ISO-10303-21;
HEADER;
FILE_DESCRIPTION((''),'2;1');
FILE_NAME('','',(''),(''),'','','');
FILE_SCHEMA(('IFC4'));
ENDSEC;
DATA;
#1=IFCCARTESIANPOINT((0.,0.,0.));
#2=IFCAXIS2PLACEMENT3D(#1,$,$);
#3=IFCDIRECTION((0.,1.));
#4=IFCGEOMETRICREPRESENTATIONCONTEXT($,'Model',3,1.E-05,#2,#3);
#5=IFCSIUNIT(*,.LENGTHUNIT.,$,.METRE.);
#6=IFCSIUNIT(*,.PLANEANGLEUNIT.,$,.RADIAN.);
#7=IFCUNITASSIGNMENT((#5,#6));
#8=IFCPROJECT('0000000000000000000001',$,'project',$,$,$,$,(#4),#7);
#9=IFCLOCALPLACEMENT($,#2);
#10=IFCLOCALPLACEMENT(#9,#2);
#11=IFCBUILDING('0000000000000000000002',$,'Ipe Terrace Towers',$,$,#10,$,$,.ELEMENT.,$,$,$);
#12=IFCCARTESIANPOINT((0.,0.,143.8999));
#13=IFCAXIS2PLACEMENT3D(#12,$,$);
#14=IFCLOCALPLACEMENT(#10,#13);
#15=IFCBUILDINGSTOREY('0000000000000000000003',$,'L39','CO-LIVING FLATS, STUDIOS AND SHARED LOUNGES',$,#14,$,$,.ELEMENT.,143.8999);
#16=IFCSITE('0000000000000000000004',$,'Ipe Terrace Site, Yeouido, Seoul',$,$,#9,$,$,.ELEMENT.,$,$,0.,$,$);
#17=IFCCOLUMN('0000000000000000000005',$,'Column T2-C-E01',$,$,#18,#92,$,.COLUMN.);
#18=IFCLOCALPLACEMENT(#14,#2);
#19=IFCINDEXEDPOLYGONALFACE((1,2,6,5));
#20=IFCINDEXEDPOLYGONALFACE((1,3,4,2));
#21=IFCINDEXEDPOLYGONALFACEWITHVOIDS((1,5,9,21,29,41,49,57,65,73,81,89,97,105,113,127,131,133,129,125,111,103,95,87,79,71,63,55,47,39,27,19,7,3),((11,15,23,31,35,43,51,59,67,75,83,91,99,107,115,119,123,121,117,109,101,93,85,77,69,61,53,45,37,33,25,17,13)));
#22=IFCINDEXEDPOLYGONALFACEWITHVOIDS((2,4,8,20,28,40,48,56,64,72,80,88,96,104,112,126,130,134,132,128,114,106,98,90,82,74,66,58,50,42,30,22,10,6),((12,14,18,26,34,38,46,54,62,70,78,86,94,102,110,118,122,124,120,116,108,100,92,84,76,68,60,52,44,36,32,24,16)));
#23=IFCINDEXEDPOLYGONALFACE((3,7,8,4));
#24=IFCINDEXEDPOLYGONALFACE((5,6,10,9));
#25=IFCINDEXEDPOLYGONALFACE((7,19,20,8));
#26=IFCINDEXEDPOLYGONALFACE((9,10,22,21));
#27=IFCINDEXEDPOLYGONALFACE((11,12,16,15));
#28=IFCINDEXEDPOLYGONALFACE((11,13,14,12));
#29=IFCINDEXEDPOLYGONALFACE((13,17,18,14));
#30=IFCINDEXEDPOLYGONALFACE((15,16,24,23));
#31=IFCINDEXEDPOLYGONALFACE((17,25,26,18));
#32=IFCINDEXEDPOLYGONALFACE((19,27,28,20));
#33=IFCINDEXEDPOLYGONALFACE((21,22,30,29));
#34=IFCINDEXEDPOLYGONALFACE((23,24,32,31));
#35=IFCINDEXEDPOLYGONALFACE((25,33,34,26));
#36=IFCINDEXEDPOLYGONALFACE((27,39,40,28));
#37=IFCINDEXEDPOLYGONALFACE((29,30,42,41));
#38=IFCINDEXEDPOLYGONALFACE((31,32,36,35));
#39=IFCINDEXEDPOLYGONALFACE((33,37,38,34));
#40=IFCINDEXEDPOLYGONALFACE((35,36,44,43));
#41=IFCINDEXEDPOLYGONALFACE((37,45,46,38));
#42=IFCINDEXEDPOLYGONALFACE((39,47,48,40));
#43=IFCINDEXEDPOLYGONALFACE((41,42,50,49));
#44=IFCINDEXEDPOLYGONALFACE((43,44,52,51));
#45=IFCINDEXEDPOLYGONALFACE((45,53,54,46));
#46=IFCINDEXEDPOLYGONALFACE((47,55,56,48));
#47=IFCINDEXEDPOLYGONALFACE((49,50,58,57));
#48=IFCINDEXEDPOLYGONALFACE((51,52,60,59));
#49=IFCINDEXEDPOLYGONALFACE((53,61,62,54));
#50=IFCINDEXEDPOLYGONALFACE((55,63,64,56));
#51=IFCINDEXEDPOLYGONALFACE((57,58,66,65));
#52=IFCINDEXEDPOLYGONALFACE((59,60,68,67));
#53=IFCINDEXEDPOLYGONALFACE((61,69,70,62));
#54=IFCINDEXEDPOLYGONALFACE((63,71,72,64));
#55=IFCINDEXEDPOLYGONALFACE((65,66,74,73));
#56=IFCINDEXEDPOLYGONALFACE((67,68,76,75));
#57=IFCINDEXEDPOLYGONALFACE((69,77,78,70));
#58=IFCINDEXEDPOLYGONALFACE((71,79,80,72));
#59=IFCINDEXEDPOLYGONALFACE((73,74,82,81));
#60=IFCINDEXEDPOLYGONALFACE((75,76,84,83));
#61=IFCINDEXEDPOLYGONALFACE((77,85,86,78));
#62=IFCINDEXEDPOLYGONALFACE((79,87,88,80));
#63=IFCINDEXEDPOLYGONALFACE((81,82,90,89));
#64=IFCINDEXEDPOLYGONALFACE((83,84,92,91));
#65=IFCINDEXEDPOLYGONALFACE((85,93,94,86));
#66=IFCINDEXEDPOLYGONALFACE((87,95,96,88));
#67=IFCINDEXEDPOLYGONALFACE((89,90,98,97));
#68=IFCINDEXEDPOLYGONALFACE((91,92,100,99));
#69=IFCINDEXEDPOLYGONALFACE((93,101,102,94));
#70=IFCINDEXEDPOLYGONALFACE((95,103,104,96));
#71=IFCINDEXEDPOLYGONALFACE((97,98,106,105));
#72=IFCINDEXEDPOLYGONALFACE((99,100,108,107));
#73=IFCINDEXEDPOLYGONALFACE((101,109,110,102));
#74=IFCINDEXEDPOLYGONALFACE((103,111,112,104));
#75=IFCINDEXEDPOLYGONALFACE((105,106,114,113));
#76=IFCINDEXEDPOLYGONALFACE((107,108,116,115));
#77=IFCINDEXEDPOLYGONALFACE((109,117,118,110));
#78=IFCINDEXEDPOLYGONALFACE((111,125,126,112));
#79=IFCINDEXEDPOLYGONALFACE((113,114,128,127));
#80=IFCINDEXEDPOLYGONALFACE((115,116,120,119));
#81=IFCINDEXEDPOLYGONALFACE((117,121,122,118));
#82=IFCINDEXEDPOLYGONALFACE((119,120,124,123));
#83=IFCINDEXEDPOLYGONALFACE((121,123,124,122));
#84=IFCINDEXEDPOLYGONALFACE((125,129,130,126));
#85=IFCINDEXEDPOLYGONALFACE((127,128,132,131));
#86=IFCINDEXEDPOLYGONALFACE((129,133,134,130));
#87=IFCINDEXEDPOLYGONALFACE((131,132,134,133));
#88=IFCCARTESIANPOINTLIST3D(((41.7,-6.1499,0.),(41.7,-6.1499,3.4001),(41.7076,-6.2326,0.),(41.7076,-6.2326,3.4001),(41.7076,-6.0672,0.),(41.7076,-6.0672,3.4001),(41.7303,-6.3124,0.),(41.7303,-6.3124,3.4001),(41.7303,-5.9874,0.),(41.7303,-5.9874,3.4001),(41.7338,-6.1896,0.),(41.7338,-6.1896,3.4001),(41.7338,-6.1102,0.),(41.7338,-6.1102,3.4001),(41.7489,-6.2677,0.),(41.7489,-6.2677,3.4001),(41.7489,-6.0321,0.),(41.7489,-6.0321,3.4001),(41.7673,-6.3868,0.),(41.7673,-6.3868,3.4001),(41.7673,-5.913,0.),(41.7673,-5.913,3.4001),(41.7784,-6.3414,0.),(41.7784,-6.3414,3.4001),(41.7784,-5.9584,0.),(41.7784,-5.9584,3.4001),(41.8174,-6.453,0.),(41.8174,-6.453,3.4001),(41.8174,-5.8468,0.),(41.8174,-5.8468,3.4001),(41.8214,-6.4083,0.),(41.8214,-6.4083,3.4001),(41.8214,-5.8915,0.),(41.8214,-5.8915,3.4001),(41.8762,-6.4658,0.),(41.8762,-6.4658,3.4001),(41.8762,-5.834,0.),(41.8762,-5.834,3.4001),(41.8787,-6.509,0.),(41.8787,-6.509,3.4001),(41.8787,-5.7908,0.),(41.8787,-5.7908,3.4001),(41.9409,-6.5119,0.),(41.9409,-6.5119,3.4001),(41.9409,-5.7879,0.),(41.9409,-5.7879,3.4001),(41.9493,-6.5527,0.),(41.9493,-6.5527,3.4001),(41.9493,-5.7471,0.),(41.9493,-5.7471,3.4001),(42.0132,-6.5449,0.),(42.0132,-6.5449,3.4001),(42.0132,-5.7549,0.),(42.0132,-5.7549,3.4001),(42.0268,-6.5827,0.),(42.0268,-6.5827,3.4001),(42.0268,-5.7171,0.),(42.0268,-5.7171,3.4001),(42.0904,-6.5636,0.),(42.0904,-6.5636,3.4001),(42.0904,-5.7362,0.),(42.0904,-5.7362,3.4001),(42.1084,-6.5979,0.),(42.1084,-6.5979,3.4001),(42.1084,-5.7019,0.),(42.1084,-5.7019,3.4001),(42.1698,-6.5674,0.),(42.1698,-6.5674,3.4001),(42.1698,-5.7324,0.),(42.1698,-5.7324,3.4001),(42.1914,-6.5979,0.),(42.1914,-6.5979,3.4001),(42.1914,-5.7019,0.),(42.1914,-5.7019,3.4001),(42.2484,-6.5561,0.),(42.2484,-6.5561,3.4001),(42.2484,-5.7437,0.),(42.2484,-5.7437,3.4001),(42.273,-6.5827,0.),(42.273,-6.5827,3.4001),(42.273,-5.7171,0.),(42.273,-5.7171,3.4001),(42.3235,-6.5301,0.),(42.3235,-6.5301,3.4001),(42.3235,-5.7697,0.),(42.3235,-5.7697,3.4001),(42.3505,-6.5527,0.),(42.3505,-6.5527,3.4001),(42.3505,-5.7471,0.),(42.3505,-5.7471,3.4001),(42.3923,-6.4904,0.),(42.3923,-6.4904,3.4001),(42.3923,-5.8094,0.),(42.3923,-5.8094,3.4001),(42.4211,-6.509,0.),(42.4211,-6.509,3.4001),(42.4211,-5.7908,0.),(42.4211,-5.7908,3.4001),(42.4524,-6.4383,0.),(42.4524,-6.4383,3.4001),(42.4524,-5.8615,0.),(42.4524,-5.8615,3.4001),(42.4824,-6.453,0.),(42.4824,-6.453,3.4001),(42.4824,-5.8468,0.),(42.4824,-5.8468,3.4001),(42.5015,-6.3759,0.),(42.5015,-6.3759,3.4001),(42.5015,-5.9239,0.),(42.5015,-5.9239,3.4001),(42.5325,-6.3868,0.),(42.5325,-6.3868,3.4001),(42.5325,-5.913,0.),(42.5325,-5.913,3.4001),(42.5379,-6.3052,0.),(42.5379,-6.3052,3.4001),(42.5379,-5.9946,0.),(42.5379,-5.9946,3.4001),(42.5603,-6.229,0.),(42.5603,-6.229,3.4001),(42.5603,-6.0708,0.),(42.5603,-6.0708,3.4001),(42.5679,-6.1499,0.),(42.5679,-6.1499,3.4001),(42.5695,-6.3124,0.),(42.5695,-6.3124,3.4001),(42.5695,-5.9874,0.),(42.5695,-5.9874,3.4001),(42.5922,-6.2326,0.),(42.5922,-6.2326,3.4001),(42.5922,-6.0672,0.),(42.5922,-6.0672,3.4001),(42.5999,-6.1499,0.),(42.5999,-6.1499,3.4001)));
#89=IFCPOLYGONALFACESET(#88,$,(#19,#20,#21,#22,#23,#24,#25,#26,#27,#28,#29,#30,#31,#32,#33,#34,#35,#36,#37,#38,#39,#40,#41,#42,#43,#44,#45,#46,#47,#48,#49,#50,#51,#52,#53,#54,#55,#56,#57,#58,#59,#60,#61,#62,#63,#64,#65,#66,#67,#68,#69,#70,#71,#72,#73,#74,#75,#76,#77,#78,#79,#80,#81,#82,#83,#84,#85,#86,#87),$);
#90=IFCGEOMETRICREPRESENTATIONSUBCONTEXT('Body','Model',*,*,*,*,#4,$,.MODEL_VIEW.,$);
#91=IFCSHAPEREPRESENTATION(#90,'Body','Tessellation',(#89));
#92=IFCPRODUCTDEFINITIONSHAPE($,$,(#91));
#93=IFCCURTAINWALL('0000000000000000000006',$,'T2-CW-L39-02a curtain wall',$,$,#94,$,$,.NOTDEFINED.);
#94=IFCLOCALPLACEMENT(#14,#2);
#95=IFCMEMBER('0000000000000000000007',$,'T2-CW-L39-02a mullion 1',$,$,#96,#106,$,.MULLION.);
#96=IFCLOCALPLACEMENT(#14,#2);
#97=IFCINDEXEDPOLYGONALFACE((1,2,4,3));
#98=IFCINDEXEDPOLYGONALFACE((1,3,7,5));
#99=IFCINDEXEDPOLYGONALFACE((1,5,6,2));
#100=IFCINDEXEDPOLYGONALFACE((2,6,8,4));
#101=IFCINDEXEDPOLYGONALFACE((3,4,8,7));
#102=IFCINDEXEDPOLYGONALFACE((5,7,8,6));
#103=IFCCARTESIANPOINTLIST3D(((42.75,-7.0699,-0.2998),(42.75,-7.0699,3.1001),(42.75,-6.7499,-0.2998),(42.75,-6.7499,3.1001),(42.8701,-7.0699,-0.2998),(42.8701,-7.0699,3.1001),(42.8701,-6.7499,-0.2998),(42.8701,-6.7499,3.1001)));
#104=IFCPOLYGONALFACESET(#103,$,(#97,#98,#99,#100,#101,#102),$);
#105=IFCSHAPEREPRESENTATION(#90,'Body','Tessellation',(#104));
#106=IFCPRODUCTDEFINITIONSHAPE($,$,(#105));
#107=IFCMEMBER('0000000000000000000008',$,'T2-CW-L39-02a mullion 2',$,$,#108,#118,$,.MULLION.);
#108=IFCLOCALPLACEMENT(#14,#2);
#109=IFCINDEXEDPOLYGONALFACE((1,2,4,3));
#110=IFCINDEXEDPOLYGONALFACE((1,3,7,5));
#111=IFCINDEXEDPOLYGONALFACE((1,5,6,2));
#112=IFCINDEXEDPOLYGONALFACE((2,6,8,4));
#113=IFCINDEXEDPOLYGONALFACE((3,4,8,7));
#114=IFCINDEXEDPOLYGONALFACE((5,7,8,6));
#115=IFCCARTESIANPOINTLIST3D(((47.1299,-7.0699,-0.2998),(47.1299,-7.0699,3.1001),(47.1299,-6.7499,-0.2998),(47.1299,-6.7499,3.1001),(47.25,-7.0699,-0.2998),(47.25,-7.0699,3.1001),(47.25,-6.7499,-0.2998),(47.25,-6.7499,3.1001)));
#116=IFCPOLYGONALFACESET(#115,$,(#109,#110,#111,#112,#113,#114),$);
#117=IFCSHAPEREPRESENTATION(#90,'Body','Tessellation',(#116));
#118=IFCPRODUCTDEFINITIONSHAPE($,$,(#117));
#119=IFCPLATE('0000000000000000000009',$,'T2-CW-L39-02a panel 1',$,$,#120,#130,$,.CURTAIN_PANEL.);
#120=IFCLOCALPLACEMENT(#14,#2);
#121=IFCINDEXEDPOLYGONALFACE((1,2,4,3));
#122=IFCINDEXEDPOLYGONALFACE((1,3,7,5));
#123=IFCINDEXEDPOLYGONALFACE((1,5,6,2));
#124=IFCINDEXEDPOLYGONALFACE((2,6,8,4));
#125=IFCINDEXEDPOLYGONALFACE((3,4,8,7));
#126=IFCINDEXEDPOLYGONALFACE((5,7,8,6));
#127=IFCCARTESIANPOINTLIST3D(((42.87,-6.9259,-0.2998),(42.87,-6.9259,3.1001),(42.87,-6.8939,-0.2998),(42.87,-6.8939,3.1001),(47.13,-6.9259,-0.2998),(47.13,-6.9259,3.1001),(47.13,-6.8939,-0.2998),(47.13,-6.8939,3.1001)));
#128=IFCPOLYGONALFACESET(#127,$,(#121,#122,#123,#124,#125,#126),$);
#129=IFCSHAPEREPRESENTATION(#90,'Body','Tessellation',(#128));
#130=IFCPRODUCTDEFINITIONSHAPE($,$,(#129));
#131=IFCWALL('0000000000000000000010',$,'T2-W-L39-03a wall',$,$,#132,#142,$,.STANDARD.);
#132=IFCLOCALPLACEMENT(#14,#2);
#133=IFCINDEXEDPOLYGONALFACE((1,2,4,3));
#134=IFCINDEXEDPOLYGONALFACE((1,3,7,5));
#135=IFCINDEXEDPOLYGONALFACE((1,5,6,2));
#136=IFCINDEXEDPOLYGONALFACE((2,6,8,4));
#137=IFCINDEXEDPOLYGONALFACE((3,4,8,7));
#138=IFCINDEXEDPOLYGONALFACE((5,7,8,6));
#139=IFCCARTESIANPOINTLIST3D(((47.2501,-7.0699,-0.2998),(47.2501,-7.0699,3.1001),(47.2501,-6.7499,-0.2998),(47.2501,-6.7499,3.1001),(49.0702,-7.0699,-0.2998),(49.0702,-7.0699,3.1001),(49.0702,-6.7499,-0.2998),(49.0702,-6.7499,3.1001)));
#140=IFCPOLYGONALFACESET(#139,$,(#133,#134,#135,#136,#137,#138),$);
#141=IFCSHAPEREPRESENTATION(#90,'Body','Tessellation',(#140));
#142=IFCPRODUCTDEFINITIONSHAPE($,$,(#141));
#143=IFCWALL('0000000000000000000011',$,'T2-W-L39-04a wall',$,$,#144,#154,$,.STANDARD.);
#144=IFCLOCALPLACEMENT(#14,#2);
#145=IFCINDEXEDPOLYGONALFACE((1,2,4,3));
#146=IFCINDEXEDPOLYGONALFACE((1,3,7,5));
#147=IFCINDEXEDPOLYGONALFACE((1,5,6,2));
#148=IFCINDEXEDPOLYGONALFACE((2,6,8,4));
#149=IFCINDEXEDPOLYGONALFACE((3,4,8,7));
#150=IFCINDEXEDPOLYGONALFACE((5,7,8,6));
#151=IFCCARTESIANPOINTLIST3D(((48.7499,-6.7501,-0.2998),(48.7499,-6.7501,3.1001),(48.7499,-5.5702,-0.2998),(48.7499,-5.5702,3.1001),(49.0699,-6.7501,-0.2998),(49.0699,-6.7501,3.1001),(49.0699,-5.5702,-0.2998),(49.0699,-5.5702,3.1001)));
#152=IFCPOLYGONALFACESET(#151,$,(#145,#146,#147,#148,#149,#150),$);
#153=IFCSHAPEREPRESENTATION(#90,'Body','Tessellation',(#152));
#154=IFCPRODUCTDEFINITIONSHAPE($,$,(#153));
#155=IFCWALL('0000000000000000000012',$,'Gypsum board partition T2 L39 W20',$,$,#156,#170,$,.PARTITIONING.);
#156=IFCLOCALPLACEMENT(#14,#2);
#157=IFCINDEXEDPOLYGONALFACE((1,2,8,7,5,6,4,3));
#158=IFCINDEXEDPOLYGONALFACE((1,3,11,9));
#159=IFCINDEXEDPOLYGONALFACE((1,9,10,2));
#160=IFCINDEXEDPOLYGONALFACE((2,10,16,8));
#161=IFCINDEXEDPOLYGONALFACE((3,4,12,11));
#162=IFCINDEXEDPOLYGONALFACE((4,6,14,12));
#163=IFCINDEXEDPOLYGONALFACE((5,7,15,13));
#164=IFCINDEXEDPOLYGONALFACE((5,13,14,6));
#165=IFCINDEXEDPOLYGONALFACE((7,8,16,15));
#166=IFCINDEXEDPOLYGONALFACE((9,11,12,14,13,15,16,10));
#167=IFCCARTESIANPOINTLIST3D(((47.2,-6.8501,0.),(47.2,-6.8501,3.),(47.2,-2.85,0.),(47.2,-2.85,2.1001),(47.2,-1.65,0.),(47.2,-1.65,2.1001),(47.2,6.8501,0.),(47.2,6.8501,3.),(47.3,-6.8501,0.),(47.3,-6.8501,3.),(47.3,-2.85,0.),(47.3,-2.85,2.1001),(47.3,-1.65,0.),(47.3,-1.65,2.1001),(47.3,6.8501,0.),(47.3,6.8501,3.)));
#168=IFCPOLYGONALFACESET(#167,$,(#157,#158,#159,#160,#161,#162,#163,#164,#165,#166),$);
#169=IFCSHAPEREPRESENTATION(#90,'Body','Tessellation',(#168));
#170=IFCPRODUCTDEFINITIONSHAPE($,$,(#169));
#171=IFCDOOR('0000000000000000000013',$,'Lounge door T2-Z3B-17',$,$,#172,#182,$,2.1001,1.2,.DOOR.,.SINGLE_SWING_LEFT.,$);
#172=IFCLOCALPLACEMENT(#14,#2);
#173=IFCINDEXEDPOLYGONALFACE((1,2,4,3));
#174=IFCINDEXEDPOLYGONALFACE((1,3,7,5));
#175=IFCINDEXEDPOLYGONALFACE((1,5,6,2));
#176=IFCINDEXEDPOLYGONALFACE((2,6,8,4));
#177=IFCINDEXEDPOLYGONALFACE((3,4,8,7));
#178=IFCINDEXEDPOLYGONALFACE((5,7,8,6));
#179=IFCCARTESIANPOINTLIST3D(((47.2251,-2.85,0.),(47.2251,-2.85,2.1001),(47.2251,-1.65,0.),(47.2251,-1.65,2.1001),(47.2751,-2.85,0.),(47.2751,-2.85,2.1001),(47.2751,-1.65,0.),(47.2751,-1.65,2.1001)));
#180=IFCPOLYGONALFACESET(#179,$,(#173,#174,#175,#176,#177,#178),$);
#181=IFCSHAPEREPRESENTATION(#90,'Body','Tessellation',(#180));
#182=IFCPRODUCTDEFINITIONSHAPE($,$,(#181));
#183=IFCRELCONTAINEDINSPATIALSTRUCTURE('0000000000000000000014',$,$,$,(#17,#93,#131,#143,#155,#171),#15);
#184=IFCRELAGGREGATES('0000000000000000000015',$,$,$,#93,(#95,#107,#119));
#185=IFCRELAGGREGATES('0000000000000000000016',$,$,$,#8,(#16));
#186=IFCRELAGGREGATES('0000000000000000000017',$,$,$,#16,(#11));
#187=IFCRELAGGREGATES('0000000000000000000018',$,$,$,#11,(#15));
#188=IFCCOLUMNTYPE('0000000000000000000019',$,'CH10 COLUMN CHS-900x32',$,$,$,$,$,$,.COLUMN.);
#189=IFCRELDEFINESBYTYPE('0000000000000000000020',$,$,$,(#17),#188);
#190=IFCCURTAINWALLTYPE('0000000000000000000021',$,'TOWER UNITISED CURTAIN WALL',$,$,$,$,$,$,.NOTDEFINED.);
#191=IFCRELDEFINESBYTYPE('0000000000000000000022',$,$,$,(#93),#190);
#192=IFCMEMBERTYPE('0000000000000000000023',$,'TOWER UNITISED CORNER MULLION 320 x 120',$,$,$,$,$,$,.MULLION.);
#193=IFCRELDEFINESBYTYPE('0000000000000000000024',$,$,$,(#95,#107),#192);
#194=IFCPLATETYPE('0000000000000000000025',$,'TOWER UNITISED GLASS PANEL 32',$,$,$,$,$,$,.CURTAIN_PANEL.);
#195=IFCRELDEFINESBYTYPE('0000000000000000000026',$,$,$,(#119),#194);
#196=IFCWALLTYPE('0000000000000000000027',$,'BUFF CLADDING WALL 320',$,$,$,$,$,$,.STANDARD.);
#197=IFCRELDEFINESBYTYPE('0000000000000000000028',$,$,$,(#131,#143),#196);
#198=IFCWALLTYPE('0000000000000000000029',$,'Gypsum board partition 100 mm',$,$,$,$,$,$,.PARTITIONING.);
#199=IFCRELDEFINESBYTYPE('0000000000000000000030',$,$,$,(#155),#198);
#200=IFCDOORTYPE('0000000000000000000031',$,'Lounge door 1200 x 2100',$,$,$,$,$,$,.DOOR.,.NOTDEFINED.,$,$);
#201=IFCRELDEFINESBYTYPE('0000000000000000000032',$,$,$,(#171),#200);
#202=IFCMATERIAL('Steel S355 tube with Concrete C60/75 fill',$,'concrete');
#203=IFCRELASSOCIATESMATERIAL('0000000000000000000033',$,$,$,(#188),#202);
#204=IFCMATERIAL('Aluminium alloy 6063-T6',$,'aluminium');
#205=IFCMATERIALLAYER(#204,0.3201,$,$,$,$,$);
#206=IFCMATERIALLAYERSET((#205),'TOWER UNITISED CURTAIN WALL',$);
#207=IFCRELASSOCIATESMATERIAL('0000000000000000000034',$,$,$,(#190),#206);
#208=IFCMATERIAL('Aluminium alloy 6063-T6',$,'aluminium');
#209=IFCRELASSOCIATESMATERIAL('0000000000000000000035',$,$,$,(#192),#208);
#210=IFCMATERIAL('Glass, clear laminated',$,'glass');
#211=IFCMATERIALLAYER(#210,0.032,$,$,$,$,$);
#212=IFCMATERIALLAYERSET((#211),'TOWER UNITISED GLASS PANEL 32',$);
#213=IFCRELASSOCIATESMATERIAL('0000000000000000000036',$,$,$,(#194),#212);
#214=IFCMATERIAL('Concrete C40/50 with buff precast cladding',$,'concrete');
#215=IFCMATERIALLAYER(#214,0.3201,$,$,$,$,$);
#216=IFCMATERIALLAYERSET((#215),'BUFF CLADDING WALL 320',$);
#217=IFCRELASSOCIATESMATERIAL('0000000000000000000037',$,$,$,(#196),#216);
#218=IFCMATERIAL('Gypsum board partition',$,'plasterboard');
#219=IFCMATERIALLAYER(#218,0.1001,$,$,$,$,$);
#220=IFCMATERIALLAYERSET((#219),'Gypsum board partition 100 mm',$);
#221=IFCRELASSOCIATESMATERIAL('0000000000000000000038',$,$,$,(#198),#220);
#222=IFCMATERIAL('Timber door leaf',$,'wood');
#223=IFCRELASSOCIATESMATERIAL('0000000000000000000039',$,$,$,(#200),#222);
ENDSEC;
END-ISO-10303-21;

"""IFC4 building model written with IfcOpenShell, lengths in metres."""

from ifc_helpers import new_model, si_unit, direction, frame, frame_2d, origin, origin_2d, place, context, subcontext, project, spatial, rectangle, hollow_circle, extrude, material, layer, layer_set, material_profile, profile_set, type_object, element, fill, aggregate, save


model = new_model("IFC4")

# Units and contexts
model_context = context("Model", 3, precision=1e-05, world=origin(), true_north=direction((0.0, 1.0)))
body_context = subcontext(model_context, "Body", "Model", "MODEL_VIEW")
ifc_project = project(units=[si_unit("LENGTHUNIT", "METRE"), si_unit("PLANEANGLEUNIT", "RADIAN")], contexts=[model_context])

# Site, building, storey
site_placement = place(None, origin())
site = spatial("IfcSite", under=ifc_project, at=site_placement, Name="Ipe Terrace Site, Yeouido, Seoul", CompositionType="ELEMENT", RefElevation=0.0)
building_placement = place(site_placement, origin())
building = spatial("IfcBuilding", under=site, at=building_placement, Name="Ipe Terrace Towers", CompositionType="ELEMENT")
storey_placement = place(building_placement, frame((0.0, 0.0, 143.8999)))
storey = spatial("IfcBuildingStorey", under=building, at=storey_placement, Name="L39", Description="CO-LIVING FLATS, STUDIOS AND SHARED LOUNGES", CompositionType="ELEMENT", Elevation=143.8999)

# Column
ifc_material_1 = material(Name="Steel S355 tube with Concrete C60/75 fill", Category="concrete")
ifc_material_profile_1 = material_profile(ifc_material_1, hollow_circle(Radius=0.45, WallThickness=0.032, at=origin_2d()), Name="CHS-900x32")
ifc_profile_set_1 = profile_set([ifc_material_profile_1], Name="Steel S355 tube with Concrete C60/75 fill")
column_type = type_object("IfcColumnType", Name="CH10 COLUMN CHS-900x32", PredefinedType="COLUMN", material=ifc_profile_set_1)
column_placement = place(storey_placement, frame((42.1499, -6.1499, 0.0), z_axis=(0.0, 0.0, 1.0), x_axis=(1.0, 0.0, 0.0)))
element("IfcColumn", 1, at=column_placement, inside=storey, type_object=column_type, Name="Column T2-C-E01", PredefinedType="COLUMN", context=body_context, shape_type="SweptSolid", body=[
    extrude(hollow_circle(Radius=0.45, WallThickness=0.032, at=origin_2d()), origin(), (0.0, 0.0, 1.0), 3.4001),
])

# Curtain wall, members, plate
ifc_material_2 = material(Name="Aluminium alloy 6063-T6", Category="aluminium")
ifc_layer_1 = layer(ifc_material_2, 0.3201)
ifc_layer_set_1 = layer_set([ifc_layer_1], Name="TOWER UNITISED CURTAIN WALL")
curtain_wall_type = type_object("IfcCurtainWallType", Name="TOWER UNITISED CURTAIN WALL", PredefinedType="NOTDEFINED", material=ifc_layer_set_1)
curtain_wall_placement = place(storey_placement, origin())
curtain_wall = element("IfcCurtainWall", 2, at=curtain_wall_placement, inside=storey, type_object=curtain_wall_type, Name="T2-CW-L39-02a curtain wall", PredefinedType="NOTDEFINED")
ifc_material_3 = material(Name="Aluminium alloy 6063-T6", Category="aluminium")
ifc_material_profile_2 = material_profile(ifc_material_3, rectangle(XDim=0.3201, YDim=0.1201, at=origin_2d()), Name="TOWER UNITISED CORNER MULLION 320 x 120")
ifc_profile_set_2 = profile_set([ifc_material_profile_2], Name="Aluminium alloy 6063-T6")
member_type = type_object("IfcMemberType", Name="TOWER UNITISED CORNER MULLION 320 x 120", PredefinedType="MULLION", material=ifc_profile_set_2)
member_1_placement = place(storey_placement, frame((42.8101, -6.9099, -0.2998), z_axis=(0.0, 0.0, 1.0), x_axis=(0.0, -1.0, 0.0)))
member_1 = element("IfcMember", 3, at=member_1_placement, type_object=member_type, Name="T2-CW-L39-02a mullion 1", PredefinedType="MULLION", context=body_context, shape_type="SweptSolid", body=[
    extrude(rectangle(XDim=0.3201, YDim=0.1201, at=origin_2d()), origin(), (0.0, 0.0, 1.0), 3.3999),
])
member_2_placement = place(storey_placement, frame((47.1899, -6.9099, -0.2998), z_axis=(0.0, 0.0, 1.0), x_axis=(0.0, -1.0, 0.0)))
member_2 = element("IfcMember", 4, at=member_2_placement, type_object=member_type, Name="T2-CW-L39-02a mullion 2", PredefinedType="MULLION", context=body_context, shape_type="SweptSolid", body=[
    extrude(rectangle(XDim=0.3201, YDim=0.1201, at=origin_2d()), origin(), (0.0, 0.0, 1.0), 3.3999),
])
ifc_material_4 = material(Name="Glass, clear laminated", Category="glass")
ifc_layer_2 = layer(ifc_material_4, 0.032)
ifc_layer_set_2 = layer_set([ifc_layer_2], Name="TOWER UNITISED GLASS PANEL 32")
plate_type = type_object("IfcPlateType", Name="TOWER UNITISED GLASS PANEL 32", PredefinedType="CURTAIN_PANEL", material=ifc_layer_set_2)
plate_placement = place(storey_placement, frame((45.0, -6.9099, -0.2998), z_axis=(0.0, 0.0, 1.0), x_axis=(1.0, 0.0, 0.0)))
plate = element("IfcPlate", 5, at=plate_placement, type_object=plate_type, Name="T2-CW-L39-02a panel 1", PredefinedType="CURTAIN_PANEL", context=body_context, shape_type="SweptSolid", body=[
    extrude(rectangle(XDim=4.26, YDim=0.032, at=origin_2d()), origin(), (0.0, 0.0, 1.0), 3.3999),
])
aggregate(curtain_wall, [member_1, member_2, plate])

# Walls
ifc_material_5 = material(Name="Concrete C40/50 with buff precast cladding", Category="concrete")
ifc_layer_3 = layer(ifc_material_5, 0.3201)
ifc_layer_set_3 = layer_set([ifc_layer_3], Name="BUFF CLADDING WALL 320")
wall_type_1 = type_object("IfcWallType", Name="BUFF CLADDING WALL 320", PredefinedType="STANDARD", material=ifc_layer_set_3)
wall_1_placement = place(storey_placement, frame((47.25, -6.9099, -0.2998), z_axis=(0.0, 0.0, 1.0), x_axis=(1.0, 0.0, 0.0)))
element("IfcWall", 6, at=wall_1_placement, inside=storey, type_object=wall_type_1, Name="T2-W-L39-03a wall", PredefinedType="STANDARD", context=body_context, shape_type="SweptSolid", body=[
    extrude(rectangle(XDim=1.8201, YDim=0.3201, at=frame_2d((0.9102, 0.0))), origin(), (0.0, 0.0, 1.0), 3.3999),
])
wall_2_placement = place(storey_placement, frame((48.9099, -6.75, -0.2998), z_axis=(0.0, 0.0, 1.0), x_axis=(0.0, 1.0, 0.0)))
element("IfcWall", 7, at=wall_2_placement, inside=storey, type_object=wall_type_1, Name="T2-W-L39-04a wall", PredefinedType="STANDARD", context=body_context, shape_type="SweptSolid", body=[
    extrude(rectangle(XDim=1.1799, YDim=0.3201, at=frame_2d((0.5898, 0.0))), origin(), (0.0, 0.0, 1.0), 3.3999),
])

# Wall, opening, door
ifc_material_6 = material(Name="Gypsum board partition", Category="plasterboard")
ifc_layer_4 = layer(ifc_material_6, 0.1001)
ifc_layer_set_4 = layer_set([ifc_layer_4], Name="Gypsum board partition 100 mm")
wall_type_2 = type_object("IfcWallType", Name="Gypsum board partition 100 mm", PredefinedType="PARTITIONING", material=ifc_layer_set_4)
wall_3_placement = place(storey_placement, frame((47.25, -6.8501, 0.0), z_axis=(0.0, 0.0, 1.0), x_axis=(0.0, 1.0, 0.0)))
wall_3 = element("IfcWall", 8, at=wall_3_placement, inside=storey, type_object=wall_type_2, Name="Gypsum board partition T2 L39 W20", PredefinedType="PARTITIONING", context=body_context, shape_type="SweptSolid", body=[
    extrude(rectangle(XDim=13.7002, YDim=0.1001, at=frame_2d((6.8501, 0.0))), origin(), (0.0, 0.0, 1.0), 3.0),
])
opening_1_placement = place(wall_3_placement, frame((4.0, 0.0, 0.0)))
opening_1 = element("IfcOpeningElement", 9, at=opening_1_placement, cuts=wall_3, PredefinedType="OPENING", context=body_context, shape_type="SweptSolid", body=[
    extrude(rectangle(XDim=1.2, YDim=2.1001, at=frame_2d((0.6001, 1.05))), frame((0.0, 0.0601, 0.0), z_axis=(0.0, -1.0, 0.0), x_axis=(1.0, 0.0, 0.0)), (0.0, 0.0, 1.0), 0.1201),
])
ifc_material_7 = material(Name="Timber door leaf", Category="wood")
door_type_1 = type_object("IfcDoorType", Name="Lounge door 1200 x 2100", OperationType="NOTDEFINED", PredefinedType="DOOR", material=ifc_material_7)
door_1_placement = place(opening_1_placement, origin())
door_1 = element("IfcDoor", 10, at=door_1_placement, inside=storey, type_object=door_type_1, Name="Lounge door T2-Z3B-17", OperationType="SINGLE_SWING_LEFT", OverallHeight=2.1001, OverallWidth=1.2, PredefinedType="DOOR", context=body_context, shape_type="SweptSolid", body=[
    extrude(rectangle(XDim=1.2, YDim=2.1001, at=frame_2d((0.6001, 1.05))), frame((0.0, 0.0249, 0.0), z_axis=(0.0, -1.0, 0.0), x_axis=(1.0, 0.0, 0.0)), (0.0, 0.0, 1.0), 0.05),
])
fill(opening_1, door_1)

save(model, "model.ifc")
